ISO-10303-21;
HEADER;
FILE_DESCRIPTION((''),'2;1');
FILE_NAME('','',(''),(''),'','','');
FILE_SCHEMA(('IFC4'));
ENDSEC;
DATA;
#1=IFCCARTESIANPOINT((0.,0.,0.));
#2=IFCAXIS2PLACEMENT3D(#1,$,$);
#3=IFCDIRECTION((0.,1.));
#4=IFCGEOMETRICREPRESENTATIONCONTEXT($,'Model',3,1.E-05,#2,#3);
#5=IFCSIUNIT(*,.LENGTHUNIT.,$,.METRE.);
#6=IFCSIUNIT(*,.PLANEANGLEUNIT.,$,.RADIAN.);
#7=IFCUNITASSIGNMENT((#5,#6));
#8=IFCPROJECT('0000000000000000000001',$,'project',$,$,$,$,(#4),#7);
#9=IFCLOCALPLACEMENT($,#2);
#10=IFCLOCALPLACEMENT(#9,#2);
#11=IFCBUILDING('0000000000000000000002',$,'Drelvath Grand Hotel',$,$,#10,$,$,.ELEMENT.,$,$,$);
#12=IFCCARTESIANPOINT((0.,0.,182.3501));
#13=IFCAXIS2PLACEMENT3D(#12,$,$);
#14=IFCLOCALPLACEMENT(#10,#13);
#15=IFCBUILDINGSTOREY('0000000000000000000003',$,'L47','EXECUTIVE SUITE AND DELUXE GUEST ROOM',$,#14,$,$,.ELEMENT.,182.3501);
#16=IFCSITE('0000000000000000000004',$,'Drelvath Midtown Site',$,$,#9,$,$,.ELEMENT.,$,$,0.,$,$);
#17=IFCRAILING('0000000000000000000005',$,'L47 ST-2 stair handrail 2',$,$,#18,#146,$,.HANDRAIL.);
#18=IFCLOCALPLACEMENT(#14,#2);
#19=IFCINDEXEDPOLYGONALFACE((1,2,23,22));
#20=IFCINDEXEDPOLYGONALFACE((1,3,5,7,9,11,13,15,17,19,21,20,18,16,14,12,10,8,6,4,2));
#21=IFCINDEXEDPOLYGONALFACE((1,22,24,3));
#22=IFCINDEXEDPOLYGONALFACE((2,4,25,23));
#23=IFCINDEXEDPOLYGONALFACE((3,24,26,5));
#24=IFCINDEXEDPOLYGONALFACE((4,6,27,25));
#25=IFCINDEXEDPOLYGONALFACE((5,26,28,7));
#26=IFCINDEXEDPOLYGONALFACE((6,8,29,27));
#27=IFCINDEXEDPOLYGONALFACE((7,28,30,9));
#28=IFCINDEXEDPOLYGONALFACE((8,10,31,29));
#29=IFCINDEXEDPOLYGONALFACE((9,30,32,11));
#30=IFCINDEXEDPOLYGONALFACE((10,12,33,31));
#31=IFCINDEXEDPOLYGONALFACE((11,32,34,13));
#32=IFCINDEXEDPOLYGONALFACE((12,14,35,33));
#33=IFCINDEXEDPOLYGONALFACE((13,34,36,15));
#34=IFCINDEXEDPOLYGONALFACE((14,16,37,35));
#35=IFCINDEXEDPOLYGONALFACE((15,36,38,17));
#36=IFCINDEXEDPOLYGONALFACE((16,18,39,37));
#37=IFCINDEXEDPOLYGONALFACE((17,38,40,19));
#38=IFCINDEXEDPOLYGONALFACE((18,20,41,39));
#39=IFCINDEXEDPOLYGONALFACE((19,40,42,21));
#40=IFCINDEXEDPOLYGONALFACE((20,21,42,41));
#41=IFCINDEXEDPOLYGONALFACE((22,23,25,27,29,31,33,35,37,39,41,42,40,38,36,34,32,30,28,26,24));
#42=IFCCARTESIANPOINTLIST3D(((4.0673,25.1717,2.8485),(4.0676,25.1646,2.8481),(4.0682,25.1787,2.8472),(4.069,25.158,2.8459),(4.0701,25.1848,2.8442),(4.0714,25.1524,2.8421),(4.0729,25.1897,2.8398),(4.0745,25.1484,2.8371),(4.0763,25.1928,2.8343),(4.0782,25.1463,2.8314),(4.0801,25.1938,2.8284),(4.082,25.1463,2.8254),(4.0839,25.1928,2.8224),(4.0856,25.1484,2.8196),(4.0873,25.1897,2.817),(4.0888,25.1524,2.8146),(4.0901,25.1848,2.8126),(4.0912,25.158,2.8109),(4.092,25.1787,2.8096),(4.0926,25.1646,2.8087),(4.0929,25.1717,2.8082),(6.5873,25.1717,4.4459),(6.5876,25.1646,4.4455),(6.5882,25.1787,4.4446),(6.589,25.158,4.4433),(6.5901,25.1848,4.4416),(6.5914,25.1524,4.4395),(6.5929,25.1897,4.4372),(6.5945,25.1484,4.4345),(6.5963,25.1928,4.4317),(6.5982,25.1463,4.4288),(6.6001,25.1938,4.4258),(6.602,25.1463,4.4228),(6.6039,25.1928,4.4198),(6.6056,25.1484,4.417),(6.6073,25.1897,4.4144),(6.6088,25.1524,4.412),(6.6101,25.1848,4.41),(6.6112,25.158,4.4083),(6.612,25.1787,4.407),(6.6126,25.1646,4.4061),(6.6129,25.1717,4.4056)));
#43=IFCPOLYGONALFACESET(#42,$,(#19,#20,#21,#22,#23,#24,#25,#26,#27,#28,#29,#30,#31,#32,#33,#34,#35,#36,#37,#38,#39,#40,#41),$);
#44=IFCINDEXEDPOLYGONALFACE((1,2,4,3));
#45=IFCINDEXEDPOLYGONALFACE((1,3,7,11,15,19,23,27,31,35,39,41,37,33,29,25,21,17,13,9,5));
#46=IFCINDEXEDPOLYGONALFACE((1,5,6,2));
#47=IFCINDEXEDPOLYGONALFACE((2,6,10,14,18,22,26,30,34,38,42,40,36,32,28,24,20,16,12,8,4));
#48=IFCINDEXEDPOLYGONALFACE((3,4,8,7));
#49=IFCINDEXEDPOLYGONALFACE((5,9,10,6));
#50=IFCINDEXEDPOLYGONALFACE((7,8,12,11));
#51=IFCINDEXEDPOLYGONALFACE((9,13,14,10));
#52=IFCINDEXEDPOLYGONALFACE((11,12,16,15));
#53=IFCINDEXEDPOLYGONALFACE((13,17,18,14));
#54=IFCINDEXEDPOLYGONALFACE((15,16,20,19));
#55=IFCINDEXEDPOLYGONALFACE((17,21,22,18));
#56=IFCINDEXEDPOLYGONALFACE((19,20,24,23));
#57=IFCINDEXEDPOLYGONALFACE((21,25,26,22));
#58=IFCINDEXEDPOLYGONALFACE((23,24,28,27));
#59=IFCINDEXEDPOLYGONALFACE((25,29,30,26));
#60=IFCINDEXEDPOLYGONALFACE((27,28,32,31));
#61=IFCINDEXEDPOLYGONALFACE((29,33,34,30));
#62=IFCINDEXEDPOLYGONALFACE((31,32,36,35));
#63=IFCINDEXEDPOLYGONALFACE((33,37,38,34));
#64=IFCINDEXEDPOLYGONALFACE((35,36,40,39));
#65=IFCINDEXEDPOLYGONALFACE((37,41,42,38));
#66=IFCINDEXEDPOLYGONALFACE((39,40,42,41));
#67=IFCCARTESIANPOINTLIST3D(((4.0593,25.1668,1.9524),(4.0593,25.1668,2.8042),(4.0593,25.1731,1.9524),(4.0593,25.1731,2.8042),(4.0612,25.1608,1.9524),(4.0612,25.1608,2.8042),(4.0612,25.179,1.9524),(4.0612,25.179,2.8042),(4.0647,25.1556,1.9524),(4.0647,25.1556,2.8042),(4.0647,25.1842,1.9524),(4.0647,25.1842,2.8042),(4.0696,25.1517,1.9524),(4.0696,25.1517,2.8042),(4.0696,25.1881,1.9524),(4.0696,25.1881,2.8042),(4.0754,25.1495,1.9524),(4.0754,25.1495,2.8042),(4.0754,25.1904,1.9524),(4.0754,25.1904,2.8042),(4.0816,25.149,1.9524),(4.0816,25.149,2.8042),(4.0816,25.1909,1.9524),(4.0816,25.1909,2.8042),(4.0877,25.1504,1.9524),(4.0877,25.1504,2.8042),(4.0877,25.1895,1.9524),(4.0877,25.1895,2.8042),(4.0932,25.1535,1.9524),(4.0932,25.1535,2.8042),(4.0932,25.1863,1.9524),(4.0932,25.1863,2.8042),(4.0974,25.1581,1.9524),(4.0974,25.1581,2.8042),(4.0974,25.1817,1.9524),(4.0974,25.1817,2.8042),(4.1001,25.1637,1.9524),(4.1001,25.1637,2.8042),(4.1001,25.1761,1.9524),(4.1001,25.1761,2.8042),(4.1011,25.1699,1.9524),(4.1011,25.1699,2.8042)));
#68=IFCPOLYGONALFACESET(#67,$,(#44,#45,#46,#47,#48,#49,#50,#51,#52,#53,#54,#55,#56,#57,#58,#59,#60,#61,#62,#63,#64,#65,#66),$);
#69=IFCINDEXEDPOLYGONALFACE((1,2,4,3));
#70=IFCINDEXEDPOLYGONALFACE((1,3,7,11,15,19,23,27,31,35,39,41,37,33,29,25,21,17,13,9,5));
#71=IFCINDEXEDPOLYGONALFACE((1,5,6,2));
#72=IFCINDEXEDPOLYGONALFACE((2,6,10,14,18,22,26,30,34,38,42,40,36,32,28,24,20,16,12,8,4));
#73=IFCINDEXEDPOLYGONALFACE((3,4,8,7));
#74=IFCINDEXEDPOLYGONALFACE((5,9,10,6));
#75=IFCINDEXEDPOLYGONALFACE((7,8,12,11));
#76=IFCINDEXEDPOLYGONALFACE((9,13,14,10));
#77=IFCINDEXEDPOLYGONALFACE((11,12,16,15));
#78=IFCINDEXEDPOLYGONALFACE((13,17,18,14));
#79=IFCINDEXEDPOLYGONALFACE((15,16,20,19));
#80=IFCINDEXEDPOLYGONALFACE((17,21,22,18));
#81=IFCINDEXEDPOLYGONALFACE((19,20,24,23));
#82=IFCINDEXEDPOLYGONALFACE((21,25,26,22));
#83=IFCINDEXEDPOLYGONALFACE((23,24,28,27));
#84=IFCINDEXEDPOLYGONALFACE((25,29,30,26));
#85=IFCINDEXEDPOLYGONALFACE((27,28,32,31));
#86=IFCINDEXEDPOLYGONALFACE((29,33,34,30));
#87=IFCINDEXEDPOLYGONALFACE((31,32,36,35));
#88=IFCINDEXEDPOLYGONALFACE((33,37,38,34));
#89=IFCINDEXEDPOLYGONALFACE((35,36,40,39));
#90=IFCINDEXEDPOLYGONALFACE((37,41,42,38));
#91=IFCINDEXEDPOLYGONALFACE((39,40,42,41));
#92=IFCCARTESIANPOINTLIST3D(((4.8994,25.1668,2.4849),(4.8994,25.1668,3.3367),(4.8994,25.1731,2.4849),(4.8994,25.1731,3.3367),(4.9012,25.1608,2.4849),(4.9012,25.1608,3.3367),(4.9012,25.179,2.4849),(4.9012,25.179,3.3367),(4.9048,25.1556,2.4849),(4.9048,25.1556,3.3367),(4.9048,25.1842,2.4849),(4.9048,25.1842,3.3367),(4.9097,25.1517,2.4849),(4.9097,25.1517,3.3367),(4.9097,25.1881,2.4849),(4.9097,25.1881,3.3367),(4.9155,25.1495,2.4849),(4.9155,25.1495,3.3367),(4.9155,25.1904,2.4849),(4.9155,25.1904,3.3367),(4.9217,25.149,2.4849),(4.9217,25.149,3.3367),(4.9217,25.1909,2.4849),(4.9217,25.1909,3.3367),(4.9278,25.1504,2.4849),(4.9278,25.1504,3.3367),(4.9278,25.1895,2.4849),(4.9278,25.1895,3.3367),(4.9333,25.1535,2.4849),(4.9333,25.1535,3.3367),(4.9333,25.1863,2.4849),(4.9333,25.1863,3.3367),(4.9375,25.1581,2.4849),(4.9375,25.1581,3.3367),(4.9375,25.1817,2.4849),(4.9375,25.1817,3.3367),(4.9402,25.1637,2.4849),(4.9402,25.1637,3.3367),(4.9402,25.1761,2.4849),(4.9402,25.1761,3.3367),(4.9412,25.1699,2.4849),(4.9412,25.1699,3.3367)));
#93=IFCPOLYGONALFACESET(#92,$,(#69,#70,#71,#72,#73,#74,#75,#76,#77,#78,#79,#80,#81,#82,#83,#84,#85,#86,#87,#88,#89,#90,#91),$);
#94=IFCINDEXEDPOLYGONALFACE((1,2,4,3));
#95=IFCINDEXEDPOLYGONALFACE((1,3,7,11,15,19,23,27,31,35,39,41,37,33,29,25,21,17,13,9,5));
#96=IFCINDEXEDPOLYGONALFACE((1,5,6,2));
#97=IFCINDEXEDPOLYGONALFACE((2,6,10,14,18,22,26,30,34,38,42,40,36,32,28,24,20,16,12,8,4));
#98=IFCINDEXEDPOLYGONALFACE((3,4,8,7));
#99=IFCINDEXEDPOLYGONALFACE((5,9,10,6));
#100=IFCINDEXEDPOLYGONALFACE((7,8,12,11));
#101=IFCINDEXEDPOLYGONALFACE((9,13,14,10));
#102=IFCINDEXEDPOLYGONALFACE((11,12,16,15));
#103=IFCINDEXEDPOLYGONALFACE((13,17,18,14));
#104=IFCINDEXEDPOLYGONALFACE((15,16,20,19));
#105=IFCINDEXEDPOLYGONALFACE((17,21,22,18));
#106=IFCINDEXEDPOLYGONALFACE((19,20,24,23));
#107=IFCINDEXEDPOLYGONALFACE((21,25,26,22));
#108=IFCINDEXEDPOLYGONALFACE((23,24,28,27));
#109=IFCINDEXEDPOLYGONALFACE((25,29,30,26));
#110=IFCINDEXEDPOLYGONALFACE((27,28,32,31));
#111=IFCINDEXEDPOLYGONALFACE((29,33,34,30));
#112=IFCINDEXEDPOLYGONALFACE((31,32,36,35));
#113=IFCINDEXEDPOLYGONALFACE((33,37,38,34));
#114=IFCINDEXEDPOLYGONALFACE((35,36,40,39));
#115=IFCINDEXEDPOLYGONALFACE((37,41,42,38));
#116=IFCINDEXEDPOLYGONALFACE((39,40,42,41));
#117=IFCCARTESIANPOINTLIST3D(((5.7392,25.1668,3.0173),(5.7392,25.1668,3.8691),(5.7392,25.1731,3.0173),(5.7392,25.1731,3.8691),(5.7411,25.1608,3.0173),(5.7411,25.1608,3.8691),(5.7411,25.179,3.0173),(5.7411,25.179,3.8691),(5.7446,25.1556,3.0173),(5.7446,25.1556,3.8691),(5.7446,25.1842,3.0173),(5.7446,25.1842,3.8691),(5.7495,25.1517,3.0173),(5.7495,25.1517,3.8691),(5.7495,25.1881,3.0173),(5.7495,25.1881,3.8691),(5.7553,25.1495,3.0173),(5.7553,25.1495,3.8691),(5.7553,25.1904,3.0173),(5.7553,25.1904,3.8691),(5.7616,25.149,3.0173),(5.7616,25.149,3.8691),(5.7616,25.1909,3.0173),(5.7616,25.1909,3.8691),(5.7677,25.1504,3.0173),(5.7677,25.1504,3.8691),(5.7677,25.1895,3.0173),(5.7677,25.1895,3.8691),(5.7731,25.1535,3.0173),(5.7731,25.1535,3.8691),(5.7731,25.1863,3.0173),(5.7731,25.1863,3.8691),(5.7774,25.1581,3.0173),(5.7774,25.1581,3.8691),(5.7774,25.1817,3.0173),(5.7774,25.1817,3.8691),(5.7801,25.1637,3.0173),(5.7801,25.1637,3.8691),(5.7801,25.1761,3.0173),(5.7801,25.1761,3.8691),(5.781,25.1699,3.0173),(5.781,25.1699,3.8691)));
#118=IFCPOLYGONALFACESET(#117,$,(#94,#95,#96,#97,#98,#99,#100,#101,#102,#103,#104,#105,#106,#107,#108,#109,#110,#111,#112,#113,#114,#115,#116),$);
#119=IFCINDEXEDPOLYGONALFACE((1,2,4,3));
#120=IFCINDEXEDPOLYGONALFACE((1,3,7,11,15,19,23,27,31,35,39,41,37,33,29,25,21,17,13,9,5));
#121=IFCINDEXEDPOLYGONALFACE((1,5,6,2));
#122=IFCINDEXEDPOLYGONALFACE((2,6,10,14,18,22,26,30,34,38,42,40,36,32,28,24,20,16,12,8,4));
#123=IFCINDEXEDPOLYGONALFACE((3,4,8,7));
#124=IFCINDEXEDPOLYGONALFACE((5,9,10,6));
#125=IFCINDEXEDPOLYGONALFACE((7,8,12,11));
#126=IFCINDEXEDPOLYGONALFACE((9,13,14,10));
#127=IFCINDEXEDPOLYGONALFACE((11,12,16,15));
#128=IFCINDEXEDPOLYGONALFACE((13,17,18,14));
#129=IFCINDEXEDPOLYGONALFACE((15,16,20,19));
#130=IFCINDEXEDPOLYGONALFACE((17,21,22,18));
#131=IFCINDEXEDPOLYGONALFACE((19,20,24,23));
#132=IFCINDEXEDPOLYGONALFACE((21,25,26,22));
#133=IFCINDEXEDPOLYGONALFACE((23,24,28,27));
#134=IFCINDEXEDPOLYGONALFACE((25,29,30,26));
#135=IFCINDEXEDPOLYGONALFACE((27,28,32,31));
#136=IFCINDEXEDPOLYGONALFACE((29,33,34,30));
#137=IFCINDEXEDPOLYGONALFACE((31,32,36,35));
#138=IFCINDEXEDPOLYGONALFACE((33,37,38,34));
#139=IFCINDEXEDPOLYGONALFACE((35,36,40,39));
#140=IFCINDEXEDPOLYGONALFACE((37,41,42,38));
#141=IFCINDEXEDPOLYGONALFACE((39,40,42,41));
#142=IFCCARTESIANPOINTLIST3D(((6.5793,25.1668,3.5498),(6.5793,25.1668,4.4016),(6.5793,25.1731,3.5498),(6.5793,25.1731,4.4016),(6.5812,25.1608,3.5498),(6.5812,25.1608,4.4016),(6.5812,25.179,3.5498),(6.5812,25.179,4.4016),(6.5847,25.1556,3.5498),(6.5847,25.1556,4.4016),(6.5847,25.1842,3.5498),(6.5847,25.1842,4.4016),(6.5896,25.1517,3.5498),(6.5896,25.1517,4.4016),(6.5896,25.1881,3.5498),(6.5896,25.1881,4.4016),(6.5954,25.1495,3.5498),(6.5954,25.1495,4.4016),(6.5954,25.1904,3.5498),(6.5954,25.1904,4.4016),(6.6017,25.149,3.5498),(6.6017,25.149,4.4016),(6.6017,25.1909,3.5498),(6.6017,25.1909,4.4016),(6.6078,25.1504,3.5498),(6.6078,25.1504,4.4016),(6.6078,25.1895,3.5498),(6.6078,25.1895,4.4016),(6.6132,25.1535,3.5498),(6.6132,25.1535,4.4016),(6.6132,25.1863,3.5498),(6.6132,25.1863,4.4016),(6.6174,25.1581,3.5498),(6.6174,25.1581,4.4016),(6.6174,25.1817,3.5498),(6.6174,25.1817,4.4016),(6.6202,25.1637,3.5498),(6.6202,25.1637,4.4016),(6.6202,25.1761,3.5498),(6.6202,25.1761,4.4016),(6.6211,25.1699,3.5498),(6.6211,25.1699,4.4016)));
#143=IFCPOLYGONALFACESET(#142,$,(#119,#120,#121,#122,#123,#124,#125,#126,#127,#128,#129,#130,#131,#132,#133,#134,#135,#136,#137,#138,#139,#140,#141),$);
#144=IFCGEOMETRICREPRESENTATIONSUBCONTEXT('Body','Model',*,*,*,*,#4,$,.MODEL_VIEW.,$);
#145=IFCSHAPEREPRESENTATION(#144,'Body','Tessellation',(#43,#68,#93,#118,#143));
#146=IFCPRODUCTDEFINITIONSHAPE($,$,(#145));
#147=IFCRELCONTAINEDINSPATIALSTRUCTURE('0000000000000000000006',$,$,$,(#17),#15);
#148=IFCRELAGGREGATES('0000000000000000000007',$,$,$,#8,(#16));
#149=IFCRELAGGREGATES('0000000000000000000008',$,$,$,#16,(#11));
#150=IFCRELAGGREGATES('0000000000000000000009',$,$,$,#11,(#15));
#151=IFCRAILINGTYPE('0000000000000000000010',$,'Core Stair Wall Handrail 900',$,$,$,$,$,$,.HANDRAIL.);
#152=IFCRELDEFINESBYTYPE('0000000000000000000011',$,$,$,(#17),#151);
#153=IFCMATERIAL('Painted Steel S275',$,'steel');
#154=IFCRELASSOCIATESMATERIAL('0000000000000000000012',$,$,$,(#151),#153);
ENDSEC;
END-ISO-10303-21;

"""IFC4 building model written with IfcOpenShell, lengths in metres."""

from ifc_helpers import new_model, si_unit, direction, frame, origin, origin_2d, place, context, subcontext, project, spatial, circle, extrude, material, type_object, element, save


model = new_model("IFC4")

# Units and contexts
model_context = context("Model", 3, precision=1e-05, world=origin(), true_north=direction((0.0, 1.0)))
body_context = subcontext(model_context, "Body", "Model", "MODEL_VIEW")
ifc_project = project(units=[si_unit("LENGTHUNIT", "METRE"), si_unit("PLANEANGLEUNIT", "RADIAN")], contexts=[model_context])

# Site, building, storey
site_placement = place(None, origin())
site = spatial("IfcSite", under=ifc_project, at=site_placement, Name="Drelvath Midtown Site", CompositionType="ELEMENT", RefElevation=0.0)
building_placement = place(site_placement, origin())
building = spatial("IfcBuilding", under=site, at=building_placement, Name="Drelvath Grand Hotel", CompositionType="ELEMENT")
storey_placement = place(building_placement, frame((0.0, 0.0, 182.3501)))
storey = spatial("IfcBuildingStorey", under=building, at=storey_placement, Name="L47", Description="EXECUTIVE SUITE AND DELUXE GUEST ROOM", CompositionType="ELEMENT", Elevation=182.3501)

# Railing
ifc_material_1 = material(Name="Painted Steel S275", Category="steel")
railing_type_1 = type_object("IfcRailingType", Name="Core Stair Wall Handrail 900", PredefinedType="HANDRAIL", material=ifc_material_1)
railing_1_placement = place(storey_placement, frame((4.0801, 25.1699, 1.9524)))
element("IfcRailing", 1, at=railing_1_placement, inside=storey, type_object=railing_type_1, Name="L47 ST-2 stair handrail 2", PredefinedType="HANDRAIL", context=body_context, shape_type="SweptSolid", body=[
    extrude(circle(Radius=0.0239, at=origin_2d()), frame((0.0, 0.0, 0.876), z_axis=(0.844607, 0.0, 0.535387), x_axis=(0.0, 1.0, 0.0)), (0.0, 0.0, 1.0), 2.9836),
    extrude(circle(Radius=0.021, at=origin_2d()), origin(), (0.0, 0.0, 1.0), 0.8518),
    extrude(circle(Radius=0.021, at=origin_2d()), frame((0.8401, 0.0, 0.5325)), (0.0, 0.0, 1.0), 0.8518),
    extrude(circle(Radius=0.021, at=origin_2d()), frame((1.6799, 0.0, 1.0649)), (0.0, 0.0, 1.0), 0.8518),
    extrude(circle(Radius=0.021, at=origin_2d()), frame((2.52, 0.0, 1.5974)), (0.0, 0.0, 1.0), 0.8518),
])

save(model, "model.ifc")
